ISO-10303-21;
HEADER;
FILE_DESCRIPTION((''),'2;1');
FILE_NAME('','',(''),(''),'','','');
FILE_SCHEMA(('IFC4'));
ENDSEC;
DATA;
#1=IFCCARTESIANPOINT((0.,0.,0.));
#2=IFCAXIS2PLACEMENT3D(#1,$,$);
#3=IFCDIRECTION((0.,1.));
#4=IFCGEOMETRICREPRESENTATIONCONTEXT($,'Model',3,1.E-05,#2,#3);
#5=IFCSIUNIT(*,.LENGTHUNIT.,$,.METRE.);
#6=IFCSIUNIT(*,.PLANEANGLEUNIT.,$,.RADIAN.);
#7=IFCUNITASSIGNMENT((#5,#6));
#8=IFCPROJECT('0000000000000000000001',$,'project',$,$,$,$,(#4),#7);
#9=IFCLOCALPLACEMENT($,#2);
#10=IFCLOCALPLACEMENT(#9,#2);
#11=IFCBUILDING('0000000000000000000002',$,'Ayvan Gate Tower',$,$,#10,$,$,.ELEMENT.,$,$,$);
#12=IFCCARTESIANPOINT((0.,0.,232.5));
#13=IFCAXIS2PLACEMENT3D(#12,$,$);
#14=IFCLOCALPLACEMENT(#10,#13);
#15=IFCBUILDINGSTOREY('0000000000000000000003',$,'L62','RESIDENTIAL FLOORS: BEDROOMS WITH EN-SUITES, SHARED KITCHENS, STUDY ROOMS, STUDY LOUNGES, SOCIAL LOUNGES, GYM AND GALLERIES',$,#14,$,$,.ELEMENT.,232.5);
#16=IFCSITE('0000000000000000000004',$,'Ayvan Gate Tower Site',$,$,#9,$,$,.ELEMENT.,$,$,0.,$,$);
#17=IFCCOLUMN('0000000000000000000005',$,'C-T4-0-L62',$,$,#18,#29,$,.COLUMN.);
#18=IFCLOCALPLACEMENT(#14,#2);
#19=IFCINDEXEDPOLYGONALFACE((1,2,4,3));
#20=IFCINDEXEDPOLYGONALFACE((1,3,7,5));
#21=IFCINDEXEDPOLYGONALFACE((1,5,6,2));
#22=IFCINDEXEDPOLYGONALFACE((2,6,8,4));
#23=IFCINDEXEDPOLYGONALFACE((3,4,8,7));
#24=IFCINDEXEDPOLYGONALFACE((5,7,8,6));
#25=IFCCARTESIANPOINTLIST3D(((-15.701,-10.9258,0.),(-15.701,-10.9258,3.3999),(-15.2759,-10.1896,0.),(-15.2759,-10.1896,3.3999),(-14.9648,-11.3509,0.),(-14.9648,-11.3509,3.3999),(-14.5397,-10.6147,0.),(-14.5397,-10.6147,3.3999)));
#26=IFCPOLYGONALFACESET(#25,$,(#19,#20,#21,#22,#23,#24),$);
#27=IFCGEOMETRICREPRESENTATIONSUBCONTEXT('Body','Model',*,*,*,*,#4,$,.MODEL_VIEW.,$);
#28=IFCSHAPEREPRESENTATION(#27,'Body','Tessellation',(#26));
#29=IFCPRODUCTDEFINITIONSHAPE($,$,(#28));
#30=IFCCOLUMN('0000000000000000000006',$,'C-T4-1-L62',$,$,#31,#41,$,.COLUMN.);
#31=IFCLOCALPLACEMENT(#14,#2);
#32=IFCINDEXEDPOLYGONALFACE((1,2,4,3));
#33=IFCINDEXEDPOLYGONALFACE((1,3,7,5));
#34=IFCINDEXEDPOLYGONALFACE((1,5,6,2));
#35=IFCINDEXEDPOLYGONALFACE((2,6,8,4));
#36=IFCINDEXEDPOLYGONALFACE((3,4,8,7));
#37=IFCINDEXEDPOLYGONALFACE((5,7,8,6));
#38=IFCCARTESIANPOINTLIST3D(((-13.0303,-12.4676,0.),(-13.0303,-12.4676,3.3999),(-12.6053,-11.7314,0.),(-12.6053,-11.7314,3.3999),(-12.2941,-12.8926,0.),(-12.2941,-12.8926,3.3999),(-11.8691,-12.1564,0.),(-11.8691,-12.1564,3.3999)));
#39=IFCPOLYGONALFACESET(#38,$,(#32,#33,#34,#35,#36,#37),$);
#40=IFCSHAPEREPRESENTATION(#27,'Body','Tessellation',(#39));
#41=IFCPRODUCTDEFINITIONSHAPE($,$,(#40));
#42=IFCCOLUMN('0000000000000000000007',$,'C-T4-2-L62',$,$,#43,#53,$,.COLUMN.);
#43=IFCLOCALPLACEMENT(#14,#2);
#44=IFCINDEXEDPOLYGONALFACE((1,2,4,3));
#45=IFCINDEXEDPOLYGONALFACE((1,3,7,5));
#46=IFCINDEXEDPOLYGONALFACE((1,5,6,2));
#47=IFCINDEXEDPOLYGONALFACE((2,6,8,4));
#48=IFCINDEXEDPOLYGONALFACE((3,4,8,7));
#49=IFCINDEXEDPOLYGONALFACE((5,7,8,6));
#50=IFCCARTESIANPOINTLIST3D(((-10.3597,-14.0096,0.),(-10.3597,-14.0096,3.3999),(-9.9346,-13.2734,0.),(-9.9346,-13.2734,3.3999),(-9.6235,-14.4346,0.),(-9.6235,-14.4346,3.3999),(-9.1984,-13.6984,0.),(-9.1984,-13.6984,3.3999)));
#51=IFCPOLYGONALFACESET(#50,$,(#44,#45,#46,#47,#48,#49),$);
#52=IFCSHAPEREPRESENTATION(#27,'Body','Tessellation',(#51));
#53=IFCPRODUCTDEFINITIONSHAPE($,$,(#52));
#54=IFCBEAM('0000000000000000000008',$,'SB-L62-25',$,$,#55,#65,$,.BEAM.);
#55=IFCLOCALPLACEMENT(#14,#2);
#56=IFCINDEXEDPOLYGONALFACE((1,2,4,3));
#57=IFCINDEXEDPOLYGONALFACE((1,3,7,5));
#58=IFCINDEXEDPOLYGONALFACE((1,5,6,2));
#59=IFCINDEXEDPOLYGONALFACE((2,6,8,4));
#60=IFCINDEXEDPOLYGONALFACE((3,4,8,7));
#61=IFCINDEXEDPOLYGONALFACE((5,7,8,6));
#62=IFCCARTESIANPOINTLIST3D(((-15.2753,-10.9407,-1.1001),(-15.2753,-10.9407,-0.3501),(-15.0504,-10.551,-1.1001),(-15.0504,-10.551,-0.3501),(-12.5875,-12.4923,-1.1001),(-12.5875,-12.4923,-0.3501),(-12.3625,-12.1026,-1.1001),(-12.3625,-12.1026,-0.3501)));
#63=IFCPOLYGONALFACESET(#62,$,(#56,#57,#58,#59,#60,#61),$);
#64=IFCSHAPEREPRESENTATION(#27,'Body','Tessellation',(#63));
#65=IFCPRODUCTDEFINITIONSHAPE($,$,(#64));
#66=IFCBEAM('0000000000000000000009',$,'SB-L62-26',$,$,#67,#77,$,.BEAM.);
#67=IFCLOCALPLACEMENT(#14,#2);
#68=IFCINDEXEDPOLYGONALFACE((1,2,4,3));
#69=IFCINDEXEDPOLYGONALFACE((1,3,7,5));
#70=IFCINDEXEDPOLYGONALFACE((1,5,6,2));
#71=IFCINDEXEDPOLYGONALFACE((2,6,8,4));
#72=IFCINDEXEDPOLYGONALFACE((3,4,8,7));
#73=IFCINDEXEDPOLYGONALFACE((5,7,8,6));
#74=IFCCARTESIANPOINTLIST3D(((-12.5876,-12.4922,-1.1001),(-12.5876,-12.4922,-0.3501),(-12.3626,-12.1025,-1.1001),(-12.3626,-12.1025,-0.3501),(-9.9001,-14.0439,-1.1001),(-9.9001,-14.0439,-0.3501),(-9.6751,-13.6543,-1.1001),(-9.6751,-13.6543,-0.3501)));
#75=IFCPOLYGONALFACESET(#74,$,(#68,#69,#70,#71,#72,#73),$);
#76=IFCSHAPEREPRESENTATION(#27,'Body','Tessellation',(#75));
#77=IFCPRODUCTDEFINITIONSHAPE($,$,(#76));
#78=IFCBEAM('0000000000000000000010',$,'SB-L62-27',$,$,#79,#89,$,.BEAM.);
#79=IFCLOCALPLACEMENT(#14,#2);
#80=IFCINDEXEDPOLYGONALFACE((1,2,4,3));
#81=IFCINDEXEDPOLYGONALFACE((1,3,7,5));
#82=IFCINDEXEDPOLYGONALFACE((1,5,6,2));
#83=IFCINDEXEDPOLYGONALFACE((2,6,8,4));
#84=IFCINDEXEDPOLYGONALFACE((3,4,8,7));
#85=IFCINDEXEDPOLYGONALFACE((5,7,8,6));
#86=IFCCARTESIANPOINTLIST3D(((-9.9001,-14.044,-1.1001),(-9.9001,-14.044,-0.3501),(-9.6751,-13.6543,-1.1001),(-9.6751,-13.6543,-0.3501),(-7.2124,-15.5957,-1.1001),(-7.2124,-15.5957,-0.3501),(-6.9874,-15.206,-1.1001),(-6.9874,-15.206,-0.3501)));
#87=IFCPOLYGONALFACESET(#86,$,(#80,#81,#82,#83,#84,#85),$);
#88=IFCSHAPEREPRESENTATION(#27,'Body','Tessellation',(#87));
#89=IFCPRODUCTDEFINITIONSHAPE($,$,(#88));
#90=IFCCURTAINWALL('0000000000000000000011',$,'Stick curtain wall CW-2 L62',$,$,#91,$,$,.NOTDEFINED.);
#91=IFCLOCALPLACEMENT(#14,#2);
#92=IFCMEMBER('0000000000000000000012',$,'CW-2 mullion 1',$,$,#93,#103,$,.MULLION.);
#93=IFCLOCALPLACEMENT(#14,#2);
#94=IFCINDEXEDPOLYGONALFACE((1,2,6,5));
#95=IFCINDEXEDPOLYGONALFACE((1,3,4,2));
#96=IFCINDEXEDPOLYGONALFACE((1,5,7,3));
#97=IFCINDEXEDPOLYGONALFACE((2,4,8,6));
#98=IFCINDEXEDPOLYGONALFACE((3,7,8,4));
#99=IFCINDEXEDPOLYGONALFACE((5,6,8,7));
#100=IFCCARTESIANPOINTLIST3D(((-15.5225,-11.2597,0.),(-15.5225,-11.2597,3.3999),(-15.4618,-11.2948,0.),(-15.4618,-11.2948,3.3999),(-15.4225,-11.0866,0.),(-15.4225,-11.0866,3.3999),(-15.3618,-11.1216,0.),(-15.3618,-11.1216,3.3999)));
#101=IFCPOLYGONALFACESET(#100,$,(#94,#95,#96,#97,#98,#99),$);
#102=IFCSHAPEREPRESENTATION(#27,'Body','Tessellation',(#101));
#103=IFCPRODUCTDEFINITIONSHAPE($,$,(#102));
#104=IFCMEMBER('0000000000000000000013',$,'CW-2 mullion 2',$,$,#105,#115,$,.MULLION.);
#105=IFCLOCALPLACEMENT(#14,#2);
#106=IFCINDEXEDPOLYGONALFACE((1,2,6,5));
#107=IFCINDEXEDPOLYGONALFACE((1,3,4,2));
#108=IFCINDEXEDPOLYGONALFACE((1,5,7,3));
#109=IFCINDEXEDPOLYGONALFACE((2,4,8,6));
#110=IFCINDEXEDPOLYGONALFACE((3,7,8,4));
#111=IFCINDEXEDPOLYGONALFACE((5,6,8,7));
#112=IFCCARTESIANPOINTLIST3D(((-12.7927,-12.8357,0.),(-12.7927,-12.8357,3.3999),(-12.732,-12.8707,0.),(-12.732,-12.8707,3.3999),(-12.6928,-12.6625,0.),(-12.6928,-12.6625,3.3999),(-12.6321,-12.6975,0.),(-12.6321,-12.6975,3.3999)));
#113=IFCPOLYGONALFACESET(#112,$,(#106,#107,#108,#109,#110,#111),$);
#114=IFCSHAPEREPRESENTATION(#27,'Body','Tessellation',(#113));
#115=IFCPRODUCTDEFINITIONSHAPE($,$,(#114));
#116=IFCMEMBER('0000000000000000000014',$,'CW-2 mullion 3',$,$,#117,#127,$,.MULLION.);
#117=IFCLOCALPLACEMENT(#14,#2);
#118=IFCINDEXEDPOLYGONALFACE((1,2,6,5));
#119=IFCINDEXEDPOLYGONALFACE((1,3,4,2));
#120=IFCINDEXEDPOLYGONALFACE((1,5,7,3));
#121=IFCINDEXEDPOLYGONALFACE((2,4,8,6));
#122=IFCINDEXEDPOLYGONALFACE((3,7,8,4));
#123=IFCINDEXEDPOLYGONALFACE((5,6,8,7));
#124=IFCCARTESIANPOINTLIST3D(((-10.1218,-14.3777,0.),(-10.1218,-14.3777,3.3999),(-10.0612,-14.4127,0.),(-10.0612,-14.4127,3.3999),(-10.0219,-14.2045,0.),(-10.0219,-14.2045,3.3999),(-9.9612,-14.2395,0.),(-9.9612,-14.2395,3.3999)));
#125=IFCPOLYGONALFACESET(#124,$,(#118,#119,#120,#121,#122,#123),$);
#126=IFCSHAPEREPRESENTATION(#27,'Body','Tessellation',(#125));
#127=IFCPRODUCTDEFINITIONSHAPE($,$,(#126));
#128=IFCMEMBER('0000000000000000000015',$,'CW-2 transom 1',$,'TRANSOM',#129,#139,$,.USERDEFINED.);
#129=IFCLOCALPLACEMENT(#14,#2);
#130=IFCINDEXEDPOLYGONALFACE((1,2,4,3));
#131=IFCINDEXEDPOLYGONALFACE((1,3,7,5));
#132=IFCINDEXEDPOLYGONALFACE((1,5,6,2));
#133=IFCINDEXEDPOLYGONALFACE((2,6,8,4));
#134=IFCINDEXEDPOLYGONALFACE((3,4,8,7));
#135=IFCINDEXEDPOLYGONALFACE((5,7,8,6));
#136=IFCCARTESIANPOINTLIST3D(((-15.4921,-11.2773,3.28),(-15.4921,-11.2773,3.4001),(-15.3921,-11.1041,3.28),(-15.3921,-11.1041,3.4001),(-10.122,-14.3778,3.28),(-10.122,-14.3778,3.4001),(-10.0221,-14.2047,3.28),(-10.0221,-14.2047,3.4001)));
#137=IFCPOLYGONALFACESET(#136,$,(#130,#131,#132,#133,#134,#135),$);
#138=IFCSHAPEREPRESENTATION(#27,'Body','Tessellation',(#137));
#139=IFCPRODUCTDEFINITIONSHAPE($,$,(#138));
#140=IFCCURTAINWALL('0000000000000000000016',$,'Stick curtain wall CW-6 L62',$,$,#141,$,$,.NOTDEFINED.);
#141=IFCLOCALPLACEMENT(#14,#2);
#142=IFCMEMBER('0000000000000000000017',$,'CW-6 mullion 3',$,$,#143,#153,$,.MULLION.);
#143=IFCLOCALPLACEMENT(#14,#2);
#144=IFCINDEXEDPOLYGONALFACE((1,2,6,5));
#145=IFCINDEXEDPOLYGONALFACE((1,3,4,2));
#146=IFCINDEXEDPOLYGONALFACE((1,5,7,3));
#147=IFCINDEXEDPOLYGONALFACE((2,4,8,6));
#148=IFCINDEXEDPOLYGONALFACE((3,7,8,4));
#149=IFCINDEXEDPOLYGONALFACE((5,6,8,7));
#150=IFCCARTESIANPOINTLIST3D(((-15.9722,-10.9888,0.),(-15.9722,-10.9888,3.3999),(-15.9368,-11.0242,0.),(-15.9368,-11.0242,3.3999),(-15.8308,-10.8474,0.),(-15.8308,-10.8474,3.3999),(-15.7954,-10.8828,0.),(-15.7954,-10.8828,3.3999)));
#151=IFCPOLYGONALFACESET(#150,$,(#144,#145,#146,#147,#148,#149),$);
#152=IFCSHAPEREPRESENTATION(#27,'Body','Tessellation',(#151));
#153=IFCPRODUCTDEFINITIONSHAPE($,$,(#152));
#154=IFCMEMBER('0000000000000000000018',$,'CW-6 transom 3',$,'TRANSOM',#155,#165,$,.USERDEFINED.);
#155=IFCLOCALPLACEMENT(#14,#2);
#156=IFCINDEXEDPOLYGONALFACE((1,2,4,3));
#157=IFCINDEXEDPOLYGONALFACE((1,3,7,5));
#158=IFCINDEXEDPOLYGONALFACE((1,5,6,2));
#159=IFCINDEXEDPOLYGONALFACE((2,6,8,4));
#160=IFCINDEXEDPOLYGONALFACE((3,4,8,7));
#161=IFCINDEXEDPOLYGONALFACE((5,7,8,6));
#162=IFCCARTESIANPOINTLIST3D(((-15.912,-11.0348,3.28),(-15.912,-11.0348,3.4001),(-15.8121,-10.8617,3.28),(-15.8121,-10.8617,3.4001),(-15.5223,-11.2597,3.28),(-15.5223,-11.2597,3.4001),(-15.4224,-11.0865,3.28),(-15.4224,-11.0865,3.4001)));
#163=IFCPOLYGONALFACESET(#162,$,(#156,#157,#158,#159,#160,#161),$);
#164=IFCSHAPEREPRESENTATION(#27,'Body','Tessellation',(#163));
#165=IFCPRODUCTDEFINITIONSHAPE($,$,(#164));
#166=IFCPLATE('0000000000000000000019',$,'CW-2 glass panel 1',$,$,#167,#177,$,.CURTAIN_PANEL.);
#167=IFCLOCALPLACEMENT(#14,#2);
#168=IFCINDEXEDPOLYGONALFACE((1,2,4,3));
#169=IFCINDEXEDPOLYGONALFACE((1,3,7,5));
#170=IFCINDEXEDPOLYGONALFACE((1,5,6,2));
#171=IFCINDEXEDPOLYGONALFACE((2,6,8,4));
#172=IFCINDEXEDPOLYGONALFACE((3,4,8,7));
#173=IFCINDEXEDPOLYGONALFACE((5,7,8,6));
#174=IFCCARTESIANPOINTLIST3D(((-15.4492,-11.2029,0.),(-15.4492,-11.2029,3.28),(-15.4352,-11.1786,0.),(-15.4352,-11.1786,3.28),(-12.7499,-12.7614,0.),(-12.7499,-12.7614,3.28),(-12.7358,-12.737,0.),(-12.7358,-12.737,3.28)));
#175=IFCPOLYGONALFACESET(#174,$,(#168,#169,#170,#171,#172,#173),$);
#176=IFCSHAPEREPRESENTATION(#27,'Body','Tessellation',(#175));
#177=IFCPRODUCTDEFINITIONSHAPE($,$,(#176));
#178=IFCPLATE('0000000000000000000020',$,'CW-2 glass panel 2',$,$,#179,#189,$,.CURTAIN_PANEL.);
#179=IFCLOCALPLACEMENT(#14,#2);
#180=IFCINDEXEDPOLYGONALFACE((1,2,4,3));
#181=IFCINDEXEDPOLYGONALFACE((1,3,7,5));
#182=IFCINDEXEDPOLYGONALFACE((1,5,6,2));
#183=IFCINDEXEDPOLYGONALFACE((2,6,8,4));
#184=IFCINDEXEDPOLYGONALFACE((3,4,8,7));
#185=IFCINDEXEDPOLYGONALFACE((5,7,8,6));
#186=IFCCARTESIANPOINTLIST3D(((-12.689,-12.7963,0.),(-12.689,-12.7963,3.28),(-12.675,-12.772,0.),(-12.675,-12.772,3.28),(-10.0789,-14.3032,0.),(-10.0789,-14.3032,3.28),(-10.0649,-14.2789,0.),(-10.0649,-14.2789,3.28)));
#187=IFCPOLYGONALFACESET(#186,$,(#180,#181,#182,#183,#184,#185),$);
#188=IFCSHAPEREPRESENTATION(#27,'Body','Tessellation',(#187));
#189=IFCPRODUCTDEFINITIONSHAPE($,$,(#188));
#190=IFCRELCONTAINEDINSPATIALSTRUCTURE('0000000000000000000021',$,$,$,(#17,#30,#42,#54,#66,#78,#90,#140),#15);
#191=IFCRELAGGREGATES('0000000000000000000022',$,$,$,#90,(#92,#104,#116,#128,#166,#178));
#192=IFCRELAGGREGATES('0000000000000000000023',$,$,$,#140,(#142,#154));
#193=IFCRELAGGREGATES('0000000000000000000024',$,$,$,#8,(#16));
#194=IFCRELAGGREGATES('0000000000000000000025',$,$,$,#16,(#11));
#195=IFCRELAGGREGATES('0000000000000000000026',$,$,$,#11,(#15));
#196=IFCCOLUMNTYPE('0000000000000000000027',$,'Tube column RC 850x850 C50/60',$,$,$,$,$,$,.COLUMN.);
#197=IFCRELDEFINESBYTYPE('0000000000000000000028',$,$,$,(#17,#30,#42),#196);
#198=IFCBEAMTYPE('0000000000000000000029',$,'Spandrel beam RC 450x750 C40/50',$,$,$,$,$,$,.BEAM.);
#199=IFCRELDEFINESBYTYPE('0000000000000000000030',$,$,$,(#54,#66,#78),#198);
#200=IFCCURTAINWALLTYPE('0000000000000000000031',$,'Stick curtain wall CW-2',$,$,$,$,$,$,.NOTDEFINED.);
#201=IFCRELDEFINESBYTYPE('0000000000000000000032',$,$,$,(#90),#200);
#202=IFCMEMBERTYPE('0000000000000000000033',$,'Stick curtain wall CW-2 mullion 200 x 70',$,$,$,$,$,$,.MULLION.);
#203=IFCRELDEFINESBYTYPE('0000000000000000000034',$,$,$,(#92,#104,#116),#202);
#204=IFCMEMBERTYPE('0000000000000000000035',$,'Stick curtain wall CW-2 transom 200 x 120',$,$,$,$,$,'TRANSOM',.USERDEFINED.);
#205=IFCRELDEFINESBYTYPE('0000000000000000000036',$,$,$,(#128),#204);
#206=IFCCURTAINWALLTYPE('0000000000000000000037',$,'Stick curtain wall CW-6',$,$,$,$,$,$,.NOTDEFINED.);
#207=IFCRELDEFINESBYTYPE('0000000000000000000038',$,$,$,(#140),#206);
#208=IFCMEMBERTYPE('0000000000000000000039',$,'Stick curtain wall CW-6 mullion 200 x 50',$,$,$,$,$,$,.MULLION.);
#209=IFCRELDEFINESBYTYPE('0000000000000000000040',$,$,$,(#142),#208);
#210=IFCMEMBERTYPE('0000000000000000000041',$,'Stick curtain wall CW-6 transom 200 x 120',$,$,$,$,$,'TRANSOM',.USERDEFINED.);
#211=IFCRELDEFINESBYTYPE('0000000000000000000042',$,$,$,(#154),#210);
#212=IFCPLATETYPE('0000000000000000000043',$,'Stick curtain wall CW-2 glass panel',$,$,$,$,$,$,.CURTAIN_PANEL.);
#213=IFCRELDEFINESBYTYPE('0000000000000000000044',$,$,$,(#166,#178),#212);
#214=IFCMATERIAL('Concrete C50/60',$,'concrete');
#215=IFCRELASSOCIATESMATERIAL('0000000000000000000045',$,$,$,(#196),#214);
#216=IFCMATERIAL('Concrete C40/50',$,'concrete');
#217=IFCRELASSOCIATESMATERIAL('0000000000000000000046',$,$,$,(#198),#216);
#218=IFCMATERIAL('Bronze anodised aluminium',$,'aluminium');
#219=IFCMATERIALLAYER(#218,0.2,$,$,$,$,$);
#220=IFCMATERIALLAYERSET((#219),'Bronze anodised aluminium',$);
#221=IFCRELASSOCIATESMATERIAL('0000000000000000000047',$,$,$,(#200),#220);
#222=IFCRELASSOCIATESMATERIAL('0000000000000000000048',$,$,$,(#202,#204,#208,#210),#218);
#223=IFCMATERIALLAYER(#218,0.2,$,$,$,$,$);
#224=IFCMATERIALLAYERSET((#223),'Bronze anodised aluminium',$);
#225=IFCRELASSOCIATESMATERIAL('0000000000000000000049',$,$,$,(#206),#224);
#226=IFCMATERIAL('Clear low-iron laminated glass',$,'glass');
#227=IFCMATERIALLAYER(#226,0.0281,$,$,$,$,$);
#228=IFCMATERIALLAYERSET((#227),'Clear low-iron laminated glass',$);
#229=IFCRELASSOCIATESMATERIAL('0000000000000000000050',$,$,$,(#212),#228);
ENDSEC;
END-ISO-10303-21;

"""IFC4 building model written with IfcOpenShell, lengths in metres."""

from ifc_helpers import new_model, si_unit, direction, frame, origin, origin_2d, place, context, subcontext, project, spatial, rectangle, extrude, material, layer, layer_set, material_profile, profile_set, type_object, element, aggregate, save


model = new_model("IFC4")

# Units and contexts
model_context = context("Model", 3, precision=1e-05, world=origin(), true_north=direction((0.0, 1.0)))
body_context = subcontext(model_context, "Body", "Model", "MODEL_VIEW")
ifc_project = project(units=[si_unit("LENGTHUNIT", "METRE"), si_unit("PLANEANGLEUNIT", "RADIAN")], contexts=[model_context])

# Site, building, storey
site_placement = place(None, origin())
site = spatial("IfcSite", under=ifc_project, at=site_placement, Name="Ayvan Gate Tower Site", CompositionType="ELEMENT", RefElevation=0.0)
building_placement = place(site_placement, origin())
building = spatial("IfcBuilding", under=site, at=building_placement, Name="Ayvan Gate Tower", CompositionType="ELEMENT")
storey_placement = place(building_placement, frame((0.0, 0.0, 232.5)))
storey = spatial("IfcBuildingStorey", under=building, at=storey_placement, Name="L62", Description="RESIDENTIAL FLOORS: BEDROOMS WITH EN-SUITES, SHARED KITCHENS, STUDY ROOMS, STUDY LOUNGES, SOCIAL LOUNGES, GYM AND GALLERIES", CompositionType="ELEMENT", Elevation=232.5)

# Columns
ifc_material_1 = material(Name="Concrete C50/60", Category="concrete")
ifc_material_profile_1 = material_profile(ifc_material_1, rectangle(XDim=0.8501, YDim=0.8501, at=origin_2d()), Name="RC 850x850")
ifc_profile_set_1 = profile_set([ifc_material_profile_1], Name="Concrete C50/60")
column_type = type_object("IfcColumnType", Name="Tube column RC 850x850 C50/60", PredefinedType="COLUMN", material=ifc_profile_set_1)
for number, where, z_axis, x_axis, name in (
    (1, (-15.1204, -10.7703, 0.0), (0.0, 0.0, 1.0), (-0.5, -0.866025, 0.0), "C-T4-0-L62"),
    (2, (-12.4497, -12.312, 0.0), (0.0, 0.0, 1.0), (-0.5, -0.866025, 0.0), "C-T4-1-L62"),
    (3, (-9.7791, -13.854, 0.0), (0.0, 0.0, 1.0), (-0.5, -0.866025, 0.0), "C-T4-2-L62"),
):
    element("IfcColumn", number, at=place(storey_placement, frame(where, z_axis=z_axis, x_axis=x_axis)), inside=storey, type_object=column_type, Name=name, PredefinedType="COLUMN", context=body_context, shape_type="SweptSolid", body=[
        extrude(rectangle(XDim=0.8501, YDim=0.8501, at=origin_2d()), origin(), (0.0, 0.0, 1.0), 3.3999),
    ])

# Beams
ifc_material_2 = material(Name="Concrete C40/50", Category="concrete")
ifc_material_profile_2 = material_profile(ifc_material_2, rectangle(XDim=0.45, YDim=0.75, at=origin_2d()), Name="RC 450x750")
ifc_profile_set_2 = profile_set([ifc_material_profile_2], Name="Concrete C40/50")
beam_type = type_object("IfcBeamType", Name="Spandrel beam RC 450x750 C40/50", PredefinedType="BEAM", material=ifc_profile_set_2)
beam_1_placement = place(storey_placement, frame((-15.1628, -10.7458, -0.7251), z_axis=(0.866061, -0.499938, 0.0), x_axis=(0.499938, 0.866061, 0.0)))
element("IfcBeam", 4, at=beam_1_placement, inside=storey, type_object=beam_type, Name="SB-L62-25", PredefinedType="BEAM", context=body_context, shape_type="SweptSolid", body=[
    extrude(rectangle(XDim=0.45, YDim=0.75, at=origin_2d()), origin(), (0.0, 0.0, 1.0), 3.1035),
])
beam_2_placement = place(storey_placement, frame((-12.4751, -12.2974, -0.7251), z_axis=(0.866007, -0.500031, 0.0), x_axis=(0.500031, 0.866007, 0.0)))
element("IfcBeam", 5, at=beam_2_placement, inside=storey, type_object=beam_type, Name="SB-L62-26", PredefinedType="BEAM", context=body_context, shape_type="SweptSolid", body=[
    extrude(rectangle(XDim=0.45, YDim=0.75, at=origin_2d()), origin(), (0.0, 0.0, 1.0), 3.1033),
])
beam_3_placement = place(storey_placement, frame((-9.7876, -13.8491, -0.7251), z_axis=(0.866027, -0.499997, 0.0), x_axis=(0.499997, 0.866027, 0.0)))
element("IfcBeam", 6, at=beam_3_placement, inside=storey, type_object=beam_type, Name="SB-L62-27", PredefinedType="BEAM", context=body_context, shape_type="SweptSolid", body=[
    extrude(rectangle(XDim=0.45, YDim=0.75, at=origin_2d()), origin(), (0.0, 0.0, 1.0), 3.1035),
])

# Curtain walls, members
ifc_material_3 = material(Name="Bronze anodised aluminium", Category="aluminium")
ifc_layer_1 = layer(ifc_material_3, 0.2)
ifc_layer_set_1 = layer_set([ifc_layer_1], Name="Bronze anodised aluminium")
curtain_wall_type_1 = type_object("IfcCurtainWallType", Name="Stick curtain wall CW-2", PredefinedType="NOTDEFINED", material=ifc_layer_set_1)
curtain_wall_1_placement = place(storey_placement, origin())
curtain_wall_1 = element("IfcCurtainWall", 7, at=curtain_wall_1_placement, inside=storey, type_object=curtain_wall_type_1, Name="Stick curtain wall CW-2 L62", PredefinedType="NOTDEFINED")
ifc_material_profile_3 = material_profile(ifc_material_3, rectangle(XDim=0.2, YDim=0.0701, at=origin_2d()), Name="Stick curtain wall CW-2 mullion 200 x 70")
ifc_profile_set_3 = profile_set([ifc_material_profile_3], Name="Bronze anodised aluminium")
member_type_1 = type_object("IfcMemberType", Name="Stick curtain wall CW-2 mullion 200 x 70", PredefinedType="MULLION", material=ifc_profile_set_3)
member_1_placement = place(storey_placement, frame((-15.4421, -11.1907, 0.0), z_axis=(0.0, 0.0, 1.0), x_axis=(-0.5, -0.866025, 0.0)))
member_1 = element("IfcMember", 8, at=member_1_placement, type_object=member_type_1, Name="CW-2 mullion 1", PredefinedType="MULLION", context=body_context, shape_type="SweptSolid", body=[
    extrude(rectangle(XDim=0.2, YDim=0.0701, at=origin_2d()), origin(), (0.0, 0.0, 1.0), 3.3999),
])
member_2_placement = place(storey_placement, frame((-12.7124, -12.7666, 0.0), z_axis=(0.0, 0.0, 1.0), x_axis=(-0.5, -0.866025, 0.0)))
member_2 = element("IfcMember", 9, at=member_2_placement, type_object=member_type_1, Name="CW-2 mullion 2", PredefinedType="MULLION", context=body_context, shape_type="SweptSolid", body=[
    extrude(rectangle(XDim=0.2, YDim=0.0701, at=origin_2d()), origin(), (0.0, 0.0, 1.0), 3.3999),
])
member_3_placement = place(storey_placement, frame((-10.0415, -14.3086, 0.0), z_axis=(0.0, 0.0, 1.0), x_axis=(-0.5, -0.866025, 0.0)))
member_3 = element("IfcMember", 10, at=member_3_placement, type_object=member_type_1, Name="CW-2 mullion 3", PredefinedType="MULLION", context=body_context, shape_type="SweptSolid", body=[
    extrude(rectangle(XDim=0.2, YDim=0.0701, at=origin_2d()), origin(), (0.0, 0.0, 1.0), 3.3999),
])
ifc_material_profile_4 = material_profile(ifc_material_3, rectangle(XDim=0.2, YDim=0.1201, at=origin_2d()), Name="Stick curtain wall CW-2 transom 200 x 120")
ifc_profile_set_4 = profile_set([ifc_material_profile_4], Name="Bronze anodised aluminium")
member_type_2 = type_object("IfcMemberType", Name="Stick curtain wall CW-2 transom 200 x 120", ElementType="TRANSOM", PredefinedType="USERDEFINED", material=ifc_profile_set_4)
member_4_placement = place(storey_placement, frame((-15.4421, -11.1907, 3.3401), z_axis=(0.866015, -0.500018, 0.0), x_axis=(0.500018, 0.866015, 0.0)))
member_4 = element("IfcMember", 11, at=member_4_placement, type_object=member_type_2, Name="CW-2 transom 1", ObjectType="TRANSOM", PredefinedType="USERDEFINED", context=body_context, shape_type="SweptSolid", body=[
    extrude(rectangle(XDim=0.2, YDim=0.1201, at=origin_2d()), origin(), (0.0, 0.0, 1.0), 6.2009),
])
ifc_layer_2 = layer(ifc_material_3, 0.2)
ifc_layer_set_2 = layer_set([ifc_layer_2], Name="Bronze anodised aluminium")
curtain_wall_type_2 = type_object("IfcCurtainWallType", Name="Stick curtain wall CW-6", PredefinedType="NOTDEFINED", material=ifc_layer_set_2)
curtain_wall_2_placement = place(storey_placement, origin())
curtain_wall_2 = element("IfcCurtainWall", 12, at=curtain_wall_2_placement, inside=storey, type_object=curtain_wall_type_2, Name="Stick curtain wall CW-6 L62", PredefinedType="NOTDEFINED")
ifc_material_profile_5 = material_profile(ifc_material_3, rectangle(XDim=0.2, YDim=0.05, at=origin_2d()), Name="Stick curtain wall CW-6 mullion 200 x 50")
ifc_profile_set_5 = profile_set([ifc_material_profile_5], Name="Bronze anodised aluminium")
member_type_3 = type_object("IfcMemberType", Name="Stick curtain wall CW-6 mullion 200 x 50", PredefinedType="MULLION", material=ifc_profile_set_5)
member_5_placement = place(storey_placement, frame((-15.8838, -10.9358, 0.0), z_axis=(0.0, 0.0, 1.0), x_axis=(-0.707107, -0.707107, 0.0)))
member_5 = element("IfcMember", 13, at=member_5_placement, type_object=member_type_3, Name="CW-6 mullion 3", PredefinedType="MULLION", context=body_context, shape_type="SweptSolid", body=[
    extrude(rectangle(XDim=0.2, YDim=0.05, at=origin_2d()), origin(), (0.0, 0.0, 1.0), 3.3999),
])
ifc_material_profile_6 = material_profile(ifc_material_3, rectangle(XDim=0.2, YDim=0.1201, at=origin_2d()), Name="Stick curtain wall CW-6 transom 200 x 120")
ifc_profile_set_6 = profile_set([ifc_material_profile_6], Name="Bronze anodised aluminium")
member_type_4 = type_object("IfcMemberType", Name="Stick curtain wall CW-6 transom 200 x 120", ElementType="TRANSOM", PredefinedType="USERDEFINED", material=ifc_profile_set_6)
member_6_placement = place(storey_placement, frame((-15.8621, -10.9482, 3.3401), z_axis=(0.866131, -0.499816, 0.0), x_axis=(0.499816, 0.866131, 0.0)))
member_6 = element("IfcMember", 14, at=member_6_placement, type_object=member_type_4, Name="CW-6 transom 3", ObjectType="TRANSOM", PredefinedType="USERDEFINED", context=body_context, shape_type="SweptSolid", body=[
    extrude(rectangle(XDim=0.2, YDim=0.1201, at=origin_2d()), origin(), (0.0, 0.0, 1.0), 0.45),
])

# Plates
ifc_material_4 = material(Name="Clear low-iron laminated glass", Category="glass")
ifc_layer_3 = layer(ifc_material_4, 0.0281)
ifc_layer_set_3 = layer_set([ifc_layer_3], Name="Clear low-iron laminated glass")
plate_type_1 = type_object("IfcPlateType", Name="Stick curtain wall CW-2 glass panel", PredefinedType="CURTAIN_PANEL", material=ifc_layer_set_3)
plate_1_placement = place(storey_placement, frame((-14.0925, -11.97, 0.0), z_axis=(0.0, 0.0, 1.0), x_axis=(0.866025, -0.5, 0.0)))
plate_1 = element("IfcPlate", 15, at=plate_1_placement, type_object=plate_type_1, Name="CW-2 glass panel 1", PredefinedType="CURTAIN_PANEL", context=body_context, shape_type="SweptSolid", body=[
    extrude(rectangle(XDim=3.1169, YDim=0.0281, at=origin_2d()), origin(), (0.0, 0.0, 1.0), 3.28),
])
plate_2_placement = place(storey_placement, frame((-11.377, -13.5376, 0.0), z_axis=(0.0, 0.0, 1.0), x_axis=(0.866025, -0.5, 0.0)))
plate_2 = element("IfcPlate", 16, at=plate_2_placement, type_object=plate_type_1, Name="CW-2 glass panel 2", PredefinedType="CURTAIN_PANEL", context=body_context, shape_type="SweptSolid", body=[
    extrude(rectangle(XDim=3.0139, YDim=0.0281, at=origin_2d()), origin(), (0.0, 0.0, 1.0), 3.28),
])
aggregate(curtain_wall_1, [member_1, member_2, member_3, member_4, plate_1, plate_2])
aggregate(curtain_wall_2, [member_5, member_6])

save(model, "model.ifc")
